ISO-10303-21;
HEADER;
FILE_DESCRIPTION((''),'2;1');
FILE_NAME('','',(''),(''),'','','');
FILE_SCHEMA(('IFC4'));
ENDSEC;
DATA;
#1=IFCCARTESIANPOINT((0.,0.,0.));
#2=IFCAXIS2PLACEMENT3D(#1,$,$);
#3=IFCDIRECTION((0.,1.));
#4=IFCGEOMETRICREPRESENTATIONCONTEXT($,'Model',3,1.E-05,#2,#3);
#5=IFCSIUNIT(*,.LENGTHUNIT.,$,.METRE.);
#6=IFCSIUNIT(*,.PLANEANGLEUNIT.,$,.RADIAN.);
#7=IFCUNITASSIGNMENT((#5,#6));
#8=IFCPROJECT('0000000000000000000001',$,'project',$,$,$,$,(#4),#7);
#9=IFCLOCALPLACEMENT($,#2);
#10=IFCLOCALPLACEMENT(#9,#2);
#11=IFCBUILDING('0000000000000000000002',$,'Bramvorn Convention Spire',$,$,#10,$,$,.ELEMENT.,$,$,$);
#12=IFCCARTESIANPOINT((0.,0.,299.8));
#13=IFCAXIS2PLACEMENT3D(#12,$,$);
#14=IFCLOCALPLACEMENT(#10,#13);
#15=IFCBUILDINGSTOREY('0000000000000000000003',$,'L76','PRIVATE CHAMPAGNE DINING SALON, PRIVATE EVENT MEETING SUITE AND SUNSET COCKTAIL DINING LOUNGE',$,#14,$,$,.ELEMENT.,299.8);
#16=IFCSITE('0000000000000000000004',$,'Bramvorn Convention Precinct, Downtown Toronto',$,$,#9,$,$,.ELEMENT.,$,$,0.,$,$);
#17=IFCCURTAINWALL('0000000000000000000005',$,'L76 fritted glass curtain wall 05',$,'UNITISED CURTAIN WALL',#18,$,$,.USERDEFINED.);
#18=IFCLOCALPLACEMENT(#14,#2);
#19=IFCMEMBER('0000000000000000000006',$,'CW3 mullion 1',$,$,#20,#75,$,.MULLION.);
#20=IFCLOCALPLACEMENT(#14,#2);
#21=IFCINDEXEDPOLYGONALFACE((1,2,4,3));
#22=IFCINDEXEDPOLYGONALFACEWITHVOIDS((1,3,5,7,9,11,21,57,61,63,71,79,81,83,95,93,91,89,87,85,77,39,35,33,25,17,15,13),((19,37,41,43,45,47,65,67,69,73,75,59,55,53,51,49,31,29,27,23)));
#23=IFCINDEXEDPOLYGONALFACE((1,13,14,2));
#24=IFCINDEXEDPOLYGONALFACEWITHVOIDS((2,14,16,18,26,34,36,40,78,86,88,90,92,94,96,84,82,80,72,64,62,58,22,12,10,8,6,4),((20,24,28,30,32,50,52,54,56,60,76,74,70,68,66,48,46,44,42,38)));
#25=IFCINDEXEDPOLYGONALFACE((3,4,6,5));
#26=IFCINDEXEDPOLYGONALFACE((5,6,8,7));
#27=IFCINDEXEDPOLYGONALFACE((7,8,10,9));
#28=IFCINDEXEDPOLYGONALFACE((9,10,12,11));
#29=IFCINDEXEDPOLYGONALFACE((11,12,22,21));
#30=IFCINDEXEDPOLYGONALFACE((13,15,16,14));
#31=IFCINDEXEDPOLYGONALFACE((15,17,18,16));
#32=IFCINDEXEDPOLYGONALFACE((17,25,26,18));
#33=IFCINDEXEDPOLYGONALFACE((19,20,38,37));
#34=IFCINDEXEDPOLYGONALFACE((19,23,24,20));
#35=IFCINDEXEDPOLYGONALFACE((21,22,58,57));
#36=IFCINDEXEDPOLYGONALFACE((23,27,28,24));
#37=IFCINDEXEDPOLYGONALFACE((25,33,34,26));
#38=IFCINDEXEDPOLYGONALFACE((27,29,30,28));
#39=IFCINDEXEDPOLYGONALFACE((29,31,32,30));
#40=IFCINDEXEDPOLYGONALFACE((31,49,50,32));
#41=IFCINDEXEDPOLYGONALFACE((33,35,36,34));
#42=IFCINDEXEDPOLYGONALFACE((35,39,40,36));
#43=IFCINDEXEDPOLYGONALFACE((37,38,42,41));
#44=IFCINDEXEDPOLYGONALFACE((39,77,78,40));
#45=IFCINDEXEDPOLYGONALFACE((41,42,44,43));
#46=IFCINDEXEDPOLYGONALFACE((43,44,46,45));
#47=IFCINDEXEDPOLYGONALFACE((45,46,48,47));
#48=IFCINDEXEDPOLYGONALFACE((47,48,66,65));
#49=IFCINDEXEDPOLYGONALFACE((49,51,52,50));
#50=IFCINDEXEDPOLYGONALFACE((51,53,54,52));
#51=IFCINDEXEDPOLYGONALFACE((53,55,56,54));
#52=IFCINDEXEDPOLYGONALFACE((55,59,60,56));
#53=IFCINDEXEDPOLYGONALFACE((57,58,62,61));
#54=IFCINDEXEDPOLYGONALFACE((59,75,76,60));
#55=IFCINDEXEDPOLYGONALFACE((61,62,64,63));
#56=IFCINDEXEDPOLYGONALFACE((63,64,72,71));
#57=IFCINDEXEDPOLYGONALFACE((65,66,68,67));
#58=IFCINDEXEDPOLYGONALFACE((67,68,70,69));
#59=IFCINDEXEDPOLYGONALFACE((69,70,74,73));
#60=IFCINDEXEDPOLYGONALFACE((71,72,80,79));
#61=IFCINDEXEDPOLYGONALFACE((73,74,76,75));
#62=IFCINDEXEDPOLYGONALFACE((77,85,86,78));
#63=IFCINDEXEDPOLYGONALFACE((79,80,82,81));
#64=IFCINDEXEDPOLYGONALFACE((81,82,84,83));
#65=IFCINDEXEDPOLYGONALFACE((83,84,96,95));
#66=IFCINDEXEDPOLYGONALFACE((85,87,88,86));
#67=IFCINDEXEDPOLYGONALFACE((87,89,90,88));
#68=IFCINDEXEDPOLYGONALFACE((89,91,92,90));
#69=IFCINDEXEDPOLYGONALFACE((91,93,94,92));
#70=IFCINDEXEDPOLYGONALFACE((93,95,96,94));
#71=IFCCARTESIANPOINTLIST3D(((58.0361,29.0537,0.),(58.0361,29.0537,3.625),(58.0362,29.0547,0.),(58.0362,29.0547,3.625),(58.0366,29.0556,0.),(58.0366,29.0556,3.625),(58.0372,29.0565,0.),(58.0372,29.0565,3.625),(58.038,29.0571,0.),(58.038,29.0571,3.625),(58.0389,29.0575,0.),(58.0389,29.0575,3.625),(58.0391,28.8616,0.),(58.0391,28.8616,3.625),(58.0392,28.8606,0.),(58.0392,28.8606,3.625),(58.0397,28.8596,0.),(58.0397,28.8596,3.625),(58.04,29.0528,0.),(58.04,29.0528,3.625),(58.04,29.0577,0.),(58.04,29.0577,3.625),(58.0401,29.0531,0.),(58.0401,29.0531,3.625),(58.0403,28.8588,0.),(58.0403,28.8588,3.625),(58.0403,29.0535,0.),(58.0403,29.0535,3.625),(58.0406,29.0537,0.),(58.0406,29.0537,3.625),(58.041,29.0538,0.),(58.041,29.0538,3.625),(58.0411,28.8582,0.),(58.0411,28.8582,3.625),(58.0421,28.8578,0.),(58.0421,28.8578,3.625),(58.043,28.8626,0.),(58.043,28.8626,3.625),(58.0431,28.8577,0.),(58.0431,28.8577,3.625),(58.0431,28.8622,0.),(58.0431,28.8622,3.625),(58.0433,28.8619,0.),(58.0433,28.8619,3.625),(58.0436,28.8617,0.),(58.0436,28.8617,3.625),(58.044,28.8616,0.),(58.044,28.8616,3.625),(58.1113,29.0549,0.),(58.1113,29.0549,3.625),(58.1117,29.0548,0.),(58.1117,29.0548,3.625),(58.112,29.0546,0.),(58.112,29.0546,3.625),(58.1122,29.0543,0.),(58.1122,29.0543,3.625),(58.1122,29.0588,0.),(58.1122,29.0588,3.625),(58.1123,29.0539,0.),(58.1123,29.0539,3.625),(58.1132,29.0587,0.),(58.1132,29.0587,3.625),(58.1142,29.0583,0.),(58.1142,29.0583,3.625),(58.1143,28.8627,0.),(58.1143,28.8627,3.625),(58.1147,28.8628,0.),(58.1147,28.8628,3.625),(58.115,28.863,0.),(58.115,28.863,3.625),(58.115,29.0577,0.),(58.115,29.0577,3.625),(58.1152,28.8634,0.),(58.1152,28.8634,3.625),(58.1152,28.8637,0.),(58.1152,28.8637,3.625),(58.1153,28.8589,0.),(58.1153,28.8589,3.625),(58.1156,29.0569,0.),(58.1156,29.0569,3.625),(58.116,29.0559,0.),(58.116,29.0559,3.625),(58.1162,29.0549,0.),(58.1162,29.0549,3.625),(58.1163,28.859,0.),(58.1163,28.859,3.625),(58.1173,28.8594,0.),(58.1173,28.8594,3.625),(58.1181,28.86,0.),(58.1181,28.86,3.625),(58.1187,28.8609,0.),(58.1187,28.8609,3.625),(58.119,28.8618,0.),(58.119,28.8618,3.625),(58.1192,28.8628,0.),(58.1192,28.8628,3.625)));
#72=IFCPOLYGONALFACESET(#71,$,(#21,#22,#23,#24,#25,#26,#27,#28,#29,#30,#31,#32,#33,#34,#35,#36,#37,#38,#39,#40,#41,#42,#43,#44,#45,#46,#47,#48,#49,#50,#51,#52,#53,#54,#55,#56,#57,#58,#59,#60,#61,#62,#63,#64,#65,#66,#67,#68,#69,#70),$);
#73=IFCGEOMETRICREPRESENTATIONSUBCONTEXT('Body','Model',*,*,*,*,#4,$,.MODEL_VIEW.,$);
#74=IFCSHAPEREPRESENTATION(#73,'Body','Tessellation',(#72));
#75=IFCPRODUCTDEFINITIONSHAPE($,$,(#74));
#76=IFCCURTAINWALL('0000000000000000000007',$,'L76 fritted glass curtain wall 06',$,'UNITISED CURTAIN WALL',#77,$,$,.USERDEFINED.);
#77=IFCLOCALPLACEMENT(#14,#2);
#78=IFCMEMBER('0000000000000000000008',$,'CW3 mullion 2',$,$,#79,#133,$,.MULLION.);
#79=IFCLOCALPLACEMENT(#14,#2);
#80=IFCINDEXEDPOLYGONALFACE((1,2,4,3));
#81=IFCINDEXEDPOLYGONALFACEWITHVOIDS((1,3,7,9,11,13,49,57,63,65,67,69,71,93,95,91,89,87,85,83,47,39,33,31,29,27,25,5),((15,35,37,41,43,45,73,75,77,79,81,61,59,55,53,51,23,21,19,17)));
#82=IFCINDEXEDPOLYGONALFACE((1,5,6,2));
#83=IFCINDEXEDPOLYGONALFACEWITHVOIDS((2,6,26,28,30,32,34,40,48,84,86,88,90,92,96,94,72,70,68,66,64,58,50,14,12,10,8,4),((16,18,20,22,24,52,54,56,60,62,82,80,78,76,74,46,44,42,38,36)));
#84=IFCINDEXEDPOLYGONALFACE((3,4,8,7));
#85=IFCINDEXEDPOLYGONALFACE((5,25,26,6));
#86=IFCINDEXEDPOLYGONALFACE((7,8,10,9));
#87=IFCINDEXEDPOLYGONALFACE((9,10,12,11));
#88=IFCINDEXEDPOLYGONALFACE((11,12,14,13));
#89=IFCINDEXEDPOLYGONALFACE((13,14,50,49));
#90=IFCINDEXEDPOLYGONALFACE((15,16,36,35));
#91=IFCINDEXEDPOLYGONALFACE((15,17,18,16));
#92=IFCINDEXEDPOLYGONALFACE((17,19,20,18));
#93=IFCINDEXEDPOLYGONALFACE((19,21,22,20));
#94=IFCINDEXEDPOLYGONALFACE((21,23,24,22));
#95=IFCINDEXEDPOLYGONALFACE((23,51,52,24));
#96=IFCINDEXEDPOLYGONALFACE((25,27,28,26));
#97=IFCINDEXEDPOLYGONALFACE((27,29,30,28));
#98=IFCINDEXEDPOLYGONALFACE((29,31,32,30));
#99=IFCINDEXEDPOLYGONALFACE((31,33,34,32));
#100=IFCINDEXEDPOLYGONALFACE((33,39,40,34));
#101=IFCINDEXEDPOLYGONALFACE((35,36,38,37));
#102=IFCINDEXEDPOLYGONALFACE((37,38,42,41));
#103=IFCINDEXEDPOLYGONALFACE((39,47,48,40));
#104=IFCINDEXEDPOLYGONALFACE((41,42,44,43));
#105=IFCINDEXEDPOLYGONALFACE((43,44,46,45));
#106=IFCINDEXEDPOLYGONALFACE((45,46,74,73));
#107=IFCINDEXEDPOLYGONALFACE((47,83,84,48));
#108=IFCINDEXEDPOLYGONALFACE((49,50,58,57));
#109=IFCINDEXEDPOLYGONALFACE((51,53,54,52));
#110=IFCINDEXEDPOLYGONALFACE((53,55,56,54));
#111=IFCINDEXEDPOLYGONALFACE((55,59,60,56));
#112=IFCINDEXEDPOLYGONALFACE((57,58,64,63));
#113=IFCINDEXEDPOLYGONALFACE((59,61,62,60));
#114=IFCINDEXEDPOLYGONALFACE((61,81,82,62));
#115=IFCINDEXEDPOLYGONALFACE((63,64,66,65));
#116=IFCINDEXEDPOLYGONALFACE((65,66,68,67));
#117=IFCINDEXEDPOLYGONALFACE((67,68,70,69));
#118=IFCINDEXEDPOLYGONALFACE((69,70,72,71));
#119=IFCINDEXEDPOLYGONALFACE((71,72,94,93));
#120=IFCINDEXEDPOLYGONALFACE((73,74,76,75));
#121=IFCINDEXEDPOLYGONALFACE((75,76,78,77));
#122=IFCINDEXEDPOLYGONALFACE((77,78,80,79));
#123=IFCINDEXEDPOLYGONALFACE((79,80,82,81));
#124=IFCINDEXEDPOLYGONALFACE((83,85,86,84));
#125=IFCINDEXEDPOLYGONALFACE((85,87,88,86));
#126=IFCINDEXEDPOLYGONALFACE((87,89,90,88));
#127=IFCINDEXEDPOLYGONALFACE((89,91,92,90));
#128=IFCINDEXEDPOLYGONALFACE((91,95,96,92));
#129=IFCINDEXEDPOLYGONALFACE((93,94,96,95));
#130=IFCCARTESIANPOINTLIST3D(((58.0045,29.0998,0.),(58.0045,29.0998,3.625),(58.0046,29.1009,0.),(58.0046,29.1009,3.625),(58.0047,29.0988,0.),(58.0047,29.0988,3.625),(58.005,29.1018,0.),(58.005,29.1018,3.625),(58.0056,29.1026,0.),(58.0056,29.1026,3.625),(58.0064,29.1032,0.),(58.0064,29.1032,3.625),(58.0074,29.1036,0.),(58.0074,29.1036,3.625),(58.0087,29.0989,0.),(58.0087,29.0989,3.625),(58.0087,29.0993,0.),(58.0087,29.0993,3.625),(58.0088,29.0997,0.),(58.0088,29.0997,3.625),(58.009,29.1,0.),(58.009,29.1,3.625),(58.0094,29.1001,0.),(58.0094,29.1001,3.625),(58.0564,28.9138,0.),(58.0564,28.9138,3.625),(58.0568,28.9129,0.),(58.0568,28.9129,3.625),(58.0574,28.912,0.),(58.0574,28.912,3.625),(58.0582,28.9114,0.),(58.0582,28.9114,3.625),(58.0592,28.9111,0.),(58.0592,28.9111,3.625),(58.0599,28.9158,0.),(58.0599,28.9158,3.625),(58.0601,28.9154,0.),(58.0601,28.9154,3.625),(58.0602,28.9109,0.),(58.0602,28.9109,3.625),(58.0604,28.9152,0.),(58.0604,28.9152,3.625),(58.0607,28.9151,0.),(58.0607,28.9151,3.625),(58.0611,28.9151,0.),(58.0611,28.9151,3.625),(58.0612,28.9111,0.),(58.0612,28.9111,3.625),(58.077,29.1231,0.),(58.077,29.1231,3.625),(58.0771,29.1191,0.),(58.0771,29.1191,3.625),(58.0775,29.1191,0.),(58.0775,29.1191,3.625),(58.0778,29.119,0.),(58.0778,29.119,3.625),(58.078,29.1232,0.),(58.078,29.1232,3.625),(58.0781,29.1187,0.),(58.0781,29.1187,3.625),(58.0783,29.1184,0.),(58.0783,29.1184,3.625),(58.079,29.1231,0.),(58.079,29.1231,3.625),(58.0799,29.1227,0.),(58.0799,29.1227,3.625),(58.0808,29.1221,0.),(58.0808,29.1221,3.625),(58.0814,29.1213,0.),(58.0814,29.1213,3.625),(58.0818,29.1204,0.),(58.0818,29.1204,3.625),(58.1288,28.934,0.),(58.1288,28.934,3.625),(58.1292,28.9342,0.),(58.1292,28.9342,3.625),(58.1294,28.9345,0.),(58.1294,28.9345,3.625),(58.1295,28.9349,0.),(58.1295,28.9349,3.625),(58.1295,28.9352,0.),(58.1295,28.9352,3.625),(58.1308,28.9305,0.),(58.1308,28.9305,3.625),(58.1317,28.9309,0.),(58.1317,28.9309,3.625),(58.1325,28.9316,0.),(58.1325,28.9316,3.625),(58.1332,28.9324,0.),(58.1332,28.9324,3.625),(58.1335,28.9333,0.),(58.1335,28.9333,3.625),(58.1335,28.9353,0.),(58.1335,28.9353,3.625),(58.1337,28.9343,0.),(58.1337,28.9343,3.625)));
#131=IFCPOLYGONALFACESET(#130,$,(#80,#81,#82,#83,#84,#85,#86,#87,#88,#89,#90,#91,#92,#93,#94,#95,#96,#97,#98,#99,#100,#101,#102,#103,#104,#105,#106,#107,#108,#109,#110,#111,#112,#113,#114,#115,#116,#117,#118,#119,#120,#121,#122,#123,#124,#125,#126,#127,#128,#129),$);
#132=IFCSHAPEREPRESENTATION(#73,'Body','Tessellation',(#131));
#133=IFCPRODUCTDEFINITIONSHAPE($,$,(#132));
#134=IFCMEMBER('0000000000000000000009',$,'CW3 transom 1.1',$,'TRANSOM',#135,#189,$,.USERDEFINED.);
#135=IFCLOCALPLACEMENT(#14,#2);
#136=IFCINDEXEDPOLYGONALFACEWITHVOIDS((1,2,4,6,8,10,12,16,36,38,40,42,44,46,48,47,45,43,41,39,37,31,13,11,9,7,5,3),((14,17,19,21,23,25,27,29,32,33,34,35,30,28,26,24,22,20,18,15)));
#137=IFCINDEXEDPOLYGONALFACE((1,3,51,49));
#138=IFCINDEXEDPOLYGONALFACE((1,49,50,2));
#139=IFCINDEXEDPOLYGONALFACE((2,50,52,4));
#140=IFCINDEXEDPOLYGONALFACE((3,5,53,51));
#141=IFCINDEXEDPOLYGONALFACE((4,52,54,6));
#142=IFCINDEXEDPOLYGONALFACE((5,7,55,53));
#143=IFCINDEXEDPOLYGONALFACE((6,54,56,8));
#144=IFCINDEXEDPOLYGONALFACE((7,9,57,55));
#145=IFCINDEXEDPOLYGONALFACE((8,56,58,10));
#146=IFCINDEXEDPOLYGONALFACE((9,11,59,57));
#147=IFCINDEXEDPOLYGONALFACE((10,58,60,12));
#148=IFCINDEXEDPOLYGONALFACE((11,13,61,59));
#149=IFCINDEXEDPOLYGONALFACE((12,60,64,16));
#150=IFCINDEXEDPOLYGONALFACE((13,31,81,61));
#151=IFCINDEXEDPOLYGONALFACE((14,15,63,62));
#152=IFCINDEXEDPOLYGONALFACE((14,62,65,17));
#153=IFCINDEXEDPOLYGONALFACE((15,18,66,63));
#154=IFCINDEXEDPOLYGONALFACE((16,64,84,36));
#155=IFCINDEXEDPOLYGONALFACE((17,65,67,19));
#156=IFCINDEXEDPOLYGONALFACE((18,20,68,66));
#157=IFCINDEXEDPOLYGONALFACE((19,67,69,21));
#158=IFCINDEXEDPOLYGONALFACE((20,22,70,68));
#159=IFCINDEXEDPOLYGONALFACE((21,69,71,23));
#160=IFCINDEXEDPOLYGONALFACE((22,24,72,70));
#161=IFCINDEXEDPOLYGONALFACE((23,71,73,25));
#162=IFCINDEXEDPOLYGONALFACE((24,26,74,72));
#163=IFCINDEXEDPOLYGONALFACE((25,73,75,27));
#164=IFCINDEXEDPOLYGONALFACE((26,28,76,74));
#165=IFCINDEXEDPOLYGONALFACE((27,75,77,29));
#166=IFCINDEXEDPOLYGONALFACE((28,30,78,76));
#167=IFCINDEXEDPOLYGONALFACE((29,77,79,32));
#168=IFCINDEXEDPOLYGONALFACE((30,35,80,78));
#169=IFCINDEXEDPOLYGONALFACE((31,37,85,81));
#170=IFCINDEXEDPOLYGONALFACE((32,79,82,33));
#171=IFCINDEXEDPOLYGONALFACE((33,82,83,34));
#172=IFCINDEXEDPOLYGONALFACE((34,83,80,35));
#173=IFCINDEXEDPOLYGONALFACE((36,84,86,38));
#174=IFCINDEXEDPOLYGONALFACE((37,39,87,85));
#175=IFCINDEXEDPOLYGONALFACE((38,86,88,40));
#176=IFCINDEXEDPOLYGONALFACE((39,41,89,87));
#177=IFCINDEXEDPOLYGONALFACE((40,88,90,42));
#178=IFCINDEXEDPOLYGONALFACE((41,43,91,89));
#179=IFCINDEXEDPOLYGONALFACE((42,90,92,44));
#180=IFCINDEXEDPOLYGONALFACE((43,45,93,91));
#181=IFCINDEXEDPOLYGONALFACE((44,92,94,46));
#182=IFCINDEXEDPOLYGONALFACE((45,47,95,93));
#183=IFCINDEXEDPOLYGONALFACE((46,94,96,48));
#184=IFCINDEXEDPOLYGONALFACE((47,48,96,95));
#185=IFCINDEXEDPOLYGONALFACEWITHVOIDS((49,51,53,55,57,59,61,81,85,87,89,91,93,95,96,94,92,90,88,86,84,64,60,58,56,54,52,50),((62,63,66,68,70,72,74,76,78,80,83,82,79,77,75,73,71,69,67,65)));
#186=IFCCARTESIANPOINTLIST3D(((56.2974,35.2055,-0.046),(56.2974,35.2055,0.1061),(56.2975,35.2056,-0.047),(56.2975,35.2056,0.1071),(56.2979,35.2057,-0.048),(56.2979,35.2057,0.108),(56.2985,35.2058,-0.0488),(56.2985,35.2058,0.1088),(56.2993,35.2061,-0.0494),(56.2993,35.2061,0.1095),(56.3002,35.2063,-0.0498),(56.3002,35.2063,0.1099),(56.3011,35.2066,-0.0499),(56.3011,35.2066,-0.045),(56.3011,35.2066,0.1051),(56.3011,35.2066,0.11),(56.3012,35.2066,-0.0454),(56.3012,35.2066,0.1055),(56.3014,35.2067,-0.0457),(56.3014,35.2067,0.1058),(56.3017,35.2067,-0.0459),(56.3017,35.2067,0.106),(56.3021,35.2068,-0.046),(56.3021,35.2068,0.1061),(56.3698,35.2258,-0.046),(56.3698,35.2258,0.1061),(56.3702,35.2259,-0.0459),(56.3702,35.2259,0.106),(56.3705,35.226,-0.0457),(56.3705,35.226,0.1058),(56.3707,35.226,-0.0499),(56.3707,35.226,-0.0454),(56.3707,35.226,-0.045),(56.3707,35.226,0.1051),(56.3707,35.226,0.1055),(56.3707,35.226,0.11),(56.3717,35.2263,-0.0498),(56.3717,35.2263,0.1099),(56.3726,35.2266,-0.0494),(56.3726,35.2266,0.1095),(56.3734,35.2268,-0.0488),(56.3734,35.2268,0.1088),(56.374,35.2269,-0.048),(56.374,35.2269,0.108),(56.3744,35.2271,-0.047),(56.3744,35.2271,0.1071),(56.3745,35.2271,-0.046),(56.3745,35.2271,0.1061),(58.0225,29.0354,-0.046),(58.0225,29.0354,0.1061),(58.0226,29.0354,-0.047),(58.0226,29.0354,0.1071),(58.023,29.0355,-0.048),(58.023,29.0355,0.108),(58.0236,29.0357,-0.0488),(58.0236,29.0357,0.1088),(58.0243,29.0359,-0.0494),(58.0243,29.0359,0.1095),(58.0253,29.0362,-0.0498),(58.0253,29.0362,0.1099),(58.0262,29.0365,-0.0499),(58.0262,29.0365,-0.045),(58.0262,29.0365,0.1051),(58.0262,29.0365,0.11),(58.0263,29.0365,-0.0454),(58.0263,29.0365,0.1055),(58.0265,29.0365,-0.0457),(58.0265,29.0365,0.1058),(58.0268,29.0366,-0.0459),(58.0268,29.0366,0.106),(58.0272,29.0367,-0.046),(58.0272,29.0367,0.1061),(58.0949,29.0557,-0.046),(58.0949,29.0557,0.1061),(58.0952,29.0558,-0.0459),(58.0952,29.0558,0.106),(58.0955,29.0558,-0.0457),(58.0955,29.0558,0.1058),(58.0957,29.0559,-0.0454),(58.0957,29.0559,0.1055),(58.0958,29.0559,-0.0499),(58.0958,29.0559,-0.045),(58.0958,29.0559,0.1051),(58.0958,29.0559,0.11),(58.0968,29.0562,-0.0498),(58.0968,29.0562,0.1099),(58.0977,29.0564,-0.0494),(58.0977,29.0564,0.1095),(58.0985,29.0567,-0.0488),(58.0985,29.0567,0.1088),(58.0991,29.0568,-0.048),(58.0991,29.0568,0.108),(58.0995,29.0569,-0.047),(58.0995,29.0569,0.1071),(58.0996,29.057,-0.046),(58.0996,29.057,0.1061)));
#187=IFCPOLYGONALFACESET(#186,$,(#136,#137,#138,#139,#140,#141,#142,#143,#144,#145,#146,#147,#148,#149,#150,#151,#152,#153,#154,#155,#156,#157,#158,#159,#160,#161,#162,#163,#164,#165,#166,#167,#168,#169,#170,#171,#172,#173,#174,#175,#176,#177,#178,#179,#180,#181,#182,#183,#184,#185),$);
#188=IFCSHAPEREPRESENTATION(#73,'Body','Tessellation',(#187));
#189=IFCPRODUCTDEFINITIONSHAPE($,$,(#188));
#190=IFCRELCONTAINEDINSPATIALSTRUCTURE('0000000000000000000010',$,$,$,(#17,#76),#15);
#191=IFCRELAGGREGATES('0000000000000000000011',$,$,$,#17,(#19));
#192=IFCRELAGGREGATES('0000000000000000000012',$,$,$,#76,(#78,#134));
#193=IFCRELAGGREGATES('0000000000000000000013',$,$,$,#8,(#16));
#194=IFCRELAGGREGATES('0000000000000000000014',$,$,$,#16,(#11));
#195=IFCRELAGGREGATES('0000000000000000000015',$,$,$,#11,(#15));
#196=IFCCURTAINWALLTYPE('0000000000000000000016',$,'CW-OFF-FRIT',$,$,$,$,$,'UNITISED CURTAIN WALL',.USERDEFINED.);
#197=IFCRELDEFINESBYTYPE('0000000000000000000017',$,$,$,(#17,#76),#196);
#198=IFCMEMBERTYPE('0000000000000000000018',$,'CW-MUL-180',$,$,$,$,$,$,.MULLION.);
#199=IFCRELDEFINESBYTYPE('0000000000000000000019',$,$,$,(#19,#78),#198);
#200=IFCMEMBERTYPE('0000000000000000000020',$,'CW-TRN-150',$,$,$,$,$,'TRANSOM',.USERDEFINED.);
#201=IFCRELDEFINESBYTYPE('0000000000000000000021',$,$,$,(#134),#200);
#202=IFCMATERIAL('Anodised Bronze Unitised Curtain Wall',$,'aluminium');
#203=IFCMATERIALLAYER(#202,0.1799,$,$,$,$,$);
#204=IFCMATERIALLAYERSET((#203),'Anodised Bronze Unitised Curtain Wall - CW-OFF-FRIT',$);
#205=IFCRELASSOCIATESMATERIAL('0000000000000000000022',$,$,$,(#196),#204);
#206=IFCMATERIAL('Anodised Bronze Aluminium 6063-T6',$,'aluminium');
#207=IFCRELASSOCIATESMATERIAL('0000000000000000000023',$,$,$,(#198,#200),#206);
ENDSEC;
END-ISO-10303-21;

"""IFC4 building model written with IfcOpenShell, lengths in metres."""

from ifc_helpers import new_model, si_unit, direction, frame, origin, origin_2d, place, context, subcontext, project, spatial, hollow_rectangle, extrude, material, layer, layer_set, material_profile, profile_set, type_object, element, aggregate, save


model = new_model("IFC4")

# Units and contexts
model_context = context("Model", 3, precision=1e-05, world=origin(), true_north=direction((0.0, 1.0)))
body_context = subcontext(model_context, "Body", "Model", "MODEL_VIEW")
ifc_project = project(units=[si_unit("LENGTHUNIT", "METRE"), si_unit("PLANEANGLEUNIT", "RADIAN")], contexts=[model_context])

# Site, building, storey
site_placement = place(None, origin())
site = spatial("IfcSite", under=ifc_project, at=site_placement, Name="Bramvorn Convention Precinct, Downtown Toronto", CompositionType="ELEMENT", RefElevation=0.0)
building_placement = place(site_placement, origin())
building = spatial("IfcBuilding", under=site, at=building_placement, Name="Bramvorn Convention Spire", CompositionType="ELEMENT")
storey_placement = place(building_placement, frame((0.0, 0.0, 299.8)))
storey = spatial("IfcBuildingStorey", under=building, at=storey_placement, Name="L76", Description="PRIVATE CHAMPAGNE DINING SALON, PRIVATE EVENT MEETING SUITE AND SUNSET COCKTAIL DINING LOUNGE", CompositionType="ELEMENT", Elevation=299.8)

# Curtain wall, member
ifc_material_1 = material(Name="Anodised Bronze Unitised Curtain Wall", Category="aluminium")
ifc_layer_1 = layer(ifc_material_1, 0.1799)
ifc_layer_set_1 = layer_set([ifc_layer_1], Name="Anodised Bronze Unitised Curtain Wall - CW-OFF-FRIT")
curtain_wall_type = type_object("IfcCurtainWallType", Name="CW-OFF-FRIT", ElementType="UNITISED CURTAIN WALL", PredefinedType="USERDEFINED", material=ifc_layer_set_1)
curtain_wall_1_placement = place(storey_placement, origin())
curtain_wall_1 = element("IfcCurtainWall", 1, at=curtain_wall_1_placement, inside=storey, type_object=curtain_wall_type, Name="L76 fritted glass curtain wall 05", ObjectType="UNITISED CURTAIN WALL", PredefinedType="USERDEFINED")
ifc_material_2 = material(Name="Anodised Bronze Aluminium 6063-T6", Category="aluminium")
ifc_material_profile_1 = material_profile(ifc_material_2, hollow_rectangle(XDim=0.0801, YDim=0.2, WallThickness=0.0039, InnerFilletRadius=0.001, OuterFilletRadius=0.0039, at=origin_2d()))
ifc_profile_set_1 = profile_set([ifc_material_profile_1], Name="Anodised Bronze Aluminium 6063-T6 - CWM80X200")
member_type_1 = type_object("IfcMemberType", Name="CW-MUL-180", PredefinedType="MULLION", material=ifc_profile_set_1)
member_1_placement = place(storey_placement, frame((58.0776, 28.9583, 0.0), z_axis=(0.0, 0.0, 1.0), x_axis=(0.999879, 0.015568, 0.0)))
member_1 = element("IfcMember", 2, at=member_1_placement, type_object=member_type_1, Name="CW3 mullion 1", PredefinedType="MULLION", context=body_context, shape_type="SweptSolid", body=[
    extrude(hollow_rectangle(XDim=0.0801, YDim=0.2, WallThickness=0.0039, InnerFilletRadius=0.001, OuterFilletRadius=0.0039, at=origin_2d()), origin(), (0.0, 0.0, 1.0), 3.625),
])
aggregate(curtain_wall_1, [member_1])

# Curtain wall, members
curtain_wall_2_placement = place(storey_placement, origin())
curtain_wall_2 = element("IfcCurtainWall", 3, at=curtain_wall_2_placement, inside=storey, type_object=curtain_wall_type, Name="L76 fritted glass curtain wall 06", ObjectType="UNITISED CURTAIN WALL", PredefinedType="USERDEFINED")
member_2_placement = place(storey_placement, frame((58.0691, 29.0171, 0.0), z_axis=(0.0, 0.0, 1.0), x_axis=(0.963073, 0.269239, 0.0)))
member_2 = element("IfcMember", 4, at=member_2_placement, type_object=member_type_1, Name="CW3 mullion 2", PredefinedType="MULLION", context=body_context, shape_type="SweptSolid", body=[
    extrude(hollow_rectangle(XDim=0.0801, YDim=0.2, WallThickness=0.0039, InnerFilletRadius=0.001, OuterFilletRadius=0.0039, at=origin_2d()), origin(), (0.0, 0.0, 1.0), 3.625),
])
ifc_material_profile_2 = material_profile(ifc_material_2, hollow_rectangle(XDim=0.0801, YDim=0.1599, WallThickness=0.0039, InnerFilletRadius=0.001, OuterFilletRadius=0.0039, at=origin_2d()))
ifc_profile_set_2 = profile_set([ifc_material_profile_2], Name="Anodised Bronze Aluminium 6063-T6 - CWT80X160")
member_type_2 = type_object("IfcMemberType", Name="CW-TRN-150", ElementType="TRANSOM", PredefinedType="USERDEFINED", material=ifc_profile_set_2)
member_3_placement = place(storey_placement, frame((56.3359, 35.2163, 0.03), z_axis=(0.269261, -0.963067, 0.0), x_axis=(0.963067, 0.269261, 0.0)))
member_3 = element("IfcMember", 5, at=member_3_placement, type_object=member_type_2, Name="CW3 transom 1.1", ObjectType="TRANSOM", PredefinedType="USERDEFINED", context=body_context, shape_type="SweptSolid", body=[
    extrude(hollow_rectangle(XDim=0.0801, YDim=0.1599, WallThickness=0.0039, InnerFilletRadius=0.001, OuterFilletRadius=0.0039, at=origin_2d()), origin(), (0.0, 0.0, 1.0), 6.4067),
])
aggregate(curtain_wall_2, [member_2, member_3])

save(model, "model.ifc")
